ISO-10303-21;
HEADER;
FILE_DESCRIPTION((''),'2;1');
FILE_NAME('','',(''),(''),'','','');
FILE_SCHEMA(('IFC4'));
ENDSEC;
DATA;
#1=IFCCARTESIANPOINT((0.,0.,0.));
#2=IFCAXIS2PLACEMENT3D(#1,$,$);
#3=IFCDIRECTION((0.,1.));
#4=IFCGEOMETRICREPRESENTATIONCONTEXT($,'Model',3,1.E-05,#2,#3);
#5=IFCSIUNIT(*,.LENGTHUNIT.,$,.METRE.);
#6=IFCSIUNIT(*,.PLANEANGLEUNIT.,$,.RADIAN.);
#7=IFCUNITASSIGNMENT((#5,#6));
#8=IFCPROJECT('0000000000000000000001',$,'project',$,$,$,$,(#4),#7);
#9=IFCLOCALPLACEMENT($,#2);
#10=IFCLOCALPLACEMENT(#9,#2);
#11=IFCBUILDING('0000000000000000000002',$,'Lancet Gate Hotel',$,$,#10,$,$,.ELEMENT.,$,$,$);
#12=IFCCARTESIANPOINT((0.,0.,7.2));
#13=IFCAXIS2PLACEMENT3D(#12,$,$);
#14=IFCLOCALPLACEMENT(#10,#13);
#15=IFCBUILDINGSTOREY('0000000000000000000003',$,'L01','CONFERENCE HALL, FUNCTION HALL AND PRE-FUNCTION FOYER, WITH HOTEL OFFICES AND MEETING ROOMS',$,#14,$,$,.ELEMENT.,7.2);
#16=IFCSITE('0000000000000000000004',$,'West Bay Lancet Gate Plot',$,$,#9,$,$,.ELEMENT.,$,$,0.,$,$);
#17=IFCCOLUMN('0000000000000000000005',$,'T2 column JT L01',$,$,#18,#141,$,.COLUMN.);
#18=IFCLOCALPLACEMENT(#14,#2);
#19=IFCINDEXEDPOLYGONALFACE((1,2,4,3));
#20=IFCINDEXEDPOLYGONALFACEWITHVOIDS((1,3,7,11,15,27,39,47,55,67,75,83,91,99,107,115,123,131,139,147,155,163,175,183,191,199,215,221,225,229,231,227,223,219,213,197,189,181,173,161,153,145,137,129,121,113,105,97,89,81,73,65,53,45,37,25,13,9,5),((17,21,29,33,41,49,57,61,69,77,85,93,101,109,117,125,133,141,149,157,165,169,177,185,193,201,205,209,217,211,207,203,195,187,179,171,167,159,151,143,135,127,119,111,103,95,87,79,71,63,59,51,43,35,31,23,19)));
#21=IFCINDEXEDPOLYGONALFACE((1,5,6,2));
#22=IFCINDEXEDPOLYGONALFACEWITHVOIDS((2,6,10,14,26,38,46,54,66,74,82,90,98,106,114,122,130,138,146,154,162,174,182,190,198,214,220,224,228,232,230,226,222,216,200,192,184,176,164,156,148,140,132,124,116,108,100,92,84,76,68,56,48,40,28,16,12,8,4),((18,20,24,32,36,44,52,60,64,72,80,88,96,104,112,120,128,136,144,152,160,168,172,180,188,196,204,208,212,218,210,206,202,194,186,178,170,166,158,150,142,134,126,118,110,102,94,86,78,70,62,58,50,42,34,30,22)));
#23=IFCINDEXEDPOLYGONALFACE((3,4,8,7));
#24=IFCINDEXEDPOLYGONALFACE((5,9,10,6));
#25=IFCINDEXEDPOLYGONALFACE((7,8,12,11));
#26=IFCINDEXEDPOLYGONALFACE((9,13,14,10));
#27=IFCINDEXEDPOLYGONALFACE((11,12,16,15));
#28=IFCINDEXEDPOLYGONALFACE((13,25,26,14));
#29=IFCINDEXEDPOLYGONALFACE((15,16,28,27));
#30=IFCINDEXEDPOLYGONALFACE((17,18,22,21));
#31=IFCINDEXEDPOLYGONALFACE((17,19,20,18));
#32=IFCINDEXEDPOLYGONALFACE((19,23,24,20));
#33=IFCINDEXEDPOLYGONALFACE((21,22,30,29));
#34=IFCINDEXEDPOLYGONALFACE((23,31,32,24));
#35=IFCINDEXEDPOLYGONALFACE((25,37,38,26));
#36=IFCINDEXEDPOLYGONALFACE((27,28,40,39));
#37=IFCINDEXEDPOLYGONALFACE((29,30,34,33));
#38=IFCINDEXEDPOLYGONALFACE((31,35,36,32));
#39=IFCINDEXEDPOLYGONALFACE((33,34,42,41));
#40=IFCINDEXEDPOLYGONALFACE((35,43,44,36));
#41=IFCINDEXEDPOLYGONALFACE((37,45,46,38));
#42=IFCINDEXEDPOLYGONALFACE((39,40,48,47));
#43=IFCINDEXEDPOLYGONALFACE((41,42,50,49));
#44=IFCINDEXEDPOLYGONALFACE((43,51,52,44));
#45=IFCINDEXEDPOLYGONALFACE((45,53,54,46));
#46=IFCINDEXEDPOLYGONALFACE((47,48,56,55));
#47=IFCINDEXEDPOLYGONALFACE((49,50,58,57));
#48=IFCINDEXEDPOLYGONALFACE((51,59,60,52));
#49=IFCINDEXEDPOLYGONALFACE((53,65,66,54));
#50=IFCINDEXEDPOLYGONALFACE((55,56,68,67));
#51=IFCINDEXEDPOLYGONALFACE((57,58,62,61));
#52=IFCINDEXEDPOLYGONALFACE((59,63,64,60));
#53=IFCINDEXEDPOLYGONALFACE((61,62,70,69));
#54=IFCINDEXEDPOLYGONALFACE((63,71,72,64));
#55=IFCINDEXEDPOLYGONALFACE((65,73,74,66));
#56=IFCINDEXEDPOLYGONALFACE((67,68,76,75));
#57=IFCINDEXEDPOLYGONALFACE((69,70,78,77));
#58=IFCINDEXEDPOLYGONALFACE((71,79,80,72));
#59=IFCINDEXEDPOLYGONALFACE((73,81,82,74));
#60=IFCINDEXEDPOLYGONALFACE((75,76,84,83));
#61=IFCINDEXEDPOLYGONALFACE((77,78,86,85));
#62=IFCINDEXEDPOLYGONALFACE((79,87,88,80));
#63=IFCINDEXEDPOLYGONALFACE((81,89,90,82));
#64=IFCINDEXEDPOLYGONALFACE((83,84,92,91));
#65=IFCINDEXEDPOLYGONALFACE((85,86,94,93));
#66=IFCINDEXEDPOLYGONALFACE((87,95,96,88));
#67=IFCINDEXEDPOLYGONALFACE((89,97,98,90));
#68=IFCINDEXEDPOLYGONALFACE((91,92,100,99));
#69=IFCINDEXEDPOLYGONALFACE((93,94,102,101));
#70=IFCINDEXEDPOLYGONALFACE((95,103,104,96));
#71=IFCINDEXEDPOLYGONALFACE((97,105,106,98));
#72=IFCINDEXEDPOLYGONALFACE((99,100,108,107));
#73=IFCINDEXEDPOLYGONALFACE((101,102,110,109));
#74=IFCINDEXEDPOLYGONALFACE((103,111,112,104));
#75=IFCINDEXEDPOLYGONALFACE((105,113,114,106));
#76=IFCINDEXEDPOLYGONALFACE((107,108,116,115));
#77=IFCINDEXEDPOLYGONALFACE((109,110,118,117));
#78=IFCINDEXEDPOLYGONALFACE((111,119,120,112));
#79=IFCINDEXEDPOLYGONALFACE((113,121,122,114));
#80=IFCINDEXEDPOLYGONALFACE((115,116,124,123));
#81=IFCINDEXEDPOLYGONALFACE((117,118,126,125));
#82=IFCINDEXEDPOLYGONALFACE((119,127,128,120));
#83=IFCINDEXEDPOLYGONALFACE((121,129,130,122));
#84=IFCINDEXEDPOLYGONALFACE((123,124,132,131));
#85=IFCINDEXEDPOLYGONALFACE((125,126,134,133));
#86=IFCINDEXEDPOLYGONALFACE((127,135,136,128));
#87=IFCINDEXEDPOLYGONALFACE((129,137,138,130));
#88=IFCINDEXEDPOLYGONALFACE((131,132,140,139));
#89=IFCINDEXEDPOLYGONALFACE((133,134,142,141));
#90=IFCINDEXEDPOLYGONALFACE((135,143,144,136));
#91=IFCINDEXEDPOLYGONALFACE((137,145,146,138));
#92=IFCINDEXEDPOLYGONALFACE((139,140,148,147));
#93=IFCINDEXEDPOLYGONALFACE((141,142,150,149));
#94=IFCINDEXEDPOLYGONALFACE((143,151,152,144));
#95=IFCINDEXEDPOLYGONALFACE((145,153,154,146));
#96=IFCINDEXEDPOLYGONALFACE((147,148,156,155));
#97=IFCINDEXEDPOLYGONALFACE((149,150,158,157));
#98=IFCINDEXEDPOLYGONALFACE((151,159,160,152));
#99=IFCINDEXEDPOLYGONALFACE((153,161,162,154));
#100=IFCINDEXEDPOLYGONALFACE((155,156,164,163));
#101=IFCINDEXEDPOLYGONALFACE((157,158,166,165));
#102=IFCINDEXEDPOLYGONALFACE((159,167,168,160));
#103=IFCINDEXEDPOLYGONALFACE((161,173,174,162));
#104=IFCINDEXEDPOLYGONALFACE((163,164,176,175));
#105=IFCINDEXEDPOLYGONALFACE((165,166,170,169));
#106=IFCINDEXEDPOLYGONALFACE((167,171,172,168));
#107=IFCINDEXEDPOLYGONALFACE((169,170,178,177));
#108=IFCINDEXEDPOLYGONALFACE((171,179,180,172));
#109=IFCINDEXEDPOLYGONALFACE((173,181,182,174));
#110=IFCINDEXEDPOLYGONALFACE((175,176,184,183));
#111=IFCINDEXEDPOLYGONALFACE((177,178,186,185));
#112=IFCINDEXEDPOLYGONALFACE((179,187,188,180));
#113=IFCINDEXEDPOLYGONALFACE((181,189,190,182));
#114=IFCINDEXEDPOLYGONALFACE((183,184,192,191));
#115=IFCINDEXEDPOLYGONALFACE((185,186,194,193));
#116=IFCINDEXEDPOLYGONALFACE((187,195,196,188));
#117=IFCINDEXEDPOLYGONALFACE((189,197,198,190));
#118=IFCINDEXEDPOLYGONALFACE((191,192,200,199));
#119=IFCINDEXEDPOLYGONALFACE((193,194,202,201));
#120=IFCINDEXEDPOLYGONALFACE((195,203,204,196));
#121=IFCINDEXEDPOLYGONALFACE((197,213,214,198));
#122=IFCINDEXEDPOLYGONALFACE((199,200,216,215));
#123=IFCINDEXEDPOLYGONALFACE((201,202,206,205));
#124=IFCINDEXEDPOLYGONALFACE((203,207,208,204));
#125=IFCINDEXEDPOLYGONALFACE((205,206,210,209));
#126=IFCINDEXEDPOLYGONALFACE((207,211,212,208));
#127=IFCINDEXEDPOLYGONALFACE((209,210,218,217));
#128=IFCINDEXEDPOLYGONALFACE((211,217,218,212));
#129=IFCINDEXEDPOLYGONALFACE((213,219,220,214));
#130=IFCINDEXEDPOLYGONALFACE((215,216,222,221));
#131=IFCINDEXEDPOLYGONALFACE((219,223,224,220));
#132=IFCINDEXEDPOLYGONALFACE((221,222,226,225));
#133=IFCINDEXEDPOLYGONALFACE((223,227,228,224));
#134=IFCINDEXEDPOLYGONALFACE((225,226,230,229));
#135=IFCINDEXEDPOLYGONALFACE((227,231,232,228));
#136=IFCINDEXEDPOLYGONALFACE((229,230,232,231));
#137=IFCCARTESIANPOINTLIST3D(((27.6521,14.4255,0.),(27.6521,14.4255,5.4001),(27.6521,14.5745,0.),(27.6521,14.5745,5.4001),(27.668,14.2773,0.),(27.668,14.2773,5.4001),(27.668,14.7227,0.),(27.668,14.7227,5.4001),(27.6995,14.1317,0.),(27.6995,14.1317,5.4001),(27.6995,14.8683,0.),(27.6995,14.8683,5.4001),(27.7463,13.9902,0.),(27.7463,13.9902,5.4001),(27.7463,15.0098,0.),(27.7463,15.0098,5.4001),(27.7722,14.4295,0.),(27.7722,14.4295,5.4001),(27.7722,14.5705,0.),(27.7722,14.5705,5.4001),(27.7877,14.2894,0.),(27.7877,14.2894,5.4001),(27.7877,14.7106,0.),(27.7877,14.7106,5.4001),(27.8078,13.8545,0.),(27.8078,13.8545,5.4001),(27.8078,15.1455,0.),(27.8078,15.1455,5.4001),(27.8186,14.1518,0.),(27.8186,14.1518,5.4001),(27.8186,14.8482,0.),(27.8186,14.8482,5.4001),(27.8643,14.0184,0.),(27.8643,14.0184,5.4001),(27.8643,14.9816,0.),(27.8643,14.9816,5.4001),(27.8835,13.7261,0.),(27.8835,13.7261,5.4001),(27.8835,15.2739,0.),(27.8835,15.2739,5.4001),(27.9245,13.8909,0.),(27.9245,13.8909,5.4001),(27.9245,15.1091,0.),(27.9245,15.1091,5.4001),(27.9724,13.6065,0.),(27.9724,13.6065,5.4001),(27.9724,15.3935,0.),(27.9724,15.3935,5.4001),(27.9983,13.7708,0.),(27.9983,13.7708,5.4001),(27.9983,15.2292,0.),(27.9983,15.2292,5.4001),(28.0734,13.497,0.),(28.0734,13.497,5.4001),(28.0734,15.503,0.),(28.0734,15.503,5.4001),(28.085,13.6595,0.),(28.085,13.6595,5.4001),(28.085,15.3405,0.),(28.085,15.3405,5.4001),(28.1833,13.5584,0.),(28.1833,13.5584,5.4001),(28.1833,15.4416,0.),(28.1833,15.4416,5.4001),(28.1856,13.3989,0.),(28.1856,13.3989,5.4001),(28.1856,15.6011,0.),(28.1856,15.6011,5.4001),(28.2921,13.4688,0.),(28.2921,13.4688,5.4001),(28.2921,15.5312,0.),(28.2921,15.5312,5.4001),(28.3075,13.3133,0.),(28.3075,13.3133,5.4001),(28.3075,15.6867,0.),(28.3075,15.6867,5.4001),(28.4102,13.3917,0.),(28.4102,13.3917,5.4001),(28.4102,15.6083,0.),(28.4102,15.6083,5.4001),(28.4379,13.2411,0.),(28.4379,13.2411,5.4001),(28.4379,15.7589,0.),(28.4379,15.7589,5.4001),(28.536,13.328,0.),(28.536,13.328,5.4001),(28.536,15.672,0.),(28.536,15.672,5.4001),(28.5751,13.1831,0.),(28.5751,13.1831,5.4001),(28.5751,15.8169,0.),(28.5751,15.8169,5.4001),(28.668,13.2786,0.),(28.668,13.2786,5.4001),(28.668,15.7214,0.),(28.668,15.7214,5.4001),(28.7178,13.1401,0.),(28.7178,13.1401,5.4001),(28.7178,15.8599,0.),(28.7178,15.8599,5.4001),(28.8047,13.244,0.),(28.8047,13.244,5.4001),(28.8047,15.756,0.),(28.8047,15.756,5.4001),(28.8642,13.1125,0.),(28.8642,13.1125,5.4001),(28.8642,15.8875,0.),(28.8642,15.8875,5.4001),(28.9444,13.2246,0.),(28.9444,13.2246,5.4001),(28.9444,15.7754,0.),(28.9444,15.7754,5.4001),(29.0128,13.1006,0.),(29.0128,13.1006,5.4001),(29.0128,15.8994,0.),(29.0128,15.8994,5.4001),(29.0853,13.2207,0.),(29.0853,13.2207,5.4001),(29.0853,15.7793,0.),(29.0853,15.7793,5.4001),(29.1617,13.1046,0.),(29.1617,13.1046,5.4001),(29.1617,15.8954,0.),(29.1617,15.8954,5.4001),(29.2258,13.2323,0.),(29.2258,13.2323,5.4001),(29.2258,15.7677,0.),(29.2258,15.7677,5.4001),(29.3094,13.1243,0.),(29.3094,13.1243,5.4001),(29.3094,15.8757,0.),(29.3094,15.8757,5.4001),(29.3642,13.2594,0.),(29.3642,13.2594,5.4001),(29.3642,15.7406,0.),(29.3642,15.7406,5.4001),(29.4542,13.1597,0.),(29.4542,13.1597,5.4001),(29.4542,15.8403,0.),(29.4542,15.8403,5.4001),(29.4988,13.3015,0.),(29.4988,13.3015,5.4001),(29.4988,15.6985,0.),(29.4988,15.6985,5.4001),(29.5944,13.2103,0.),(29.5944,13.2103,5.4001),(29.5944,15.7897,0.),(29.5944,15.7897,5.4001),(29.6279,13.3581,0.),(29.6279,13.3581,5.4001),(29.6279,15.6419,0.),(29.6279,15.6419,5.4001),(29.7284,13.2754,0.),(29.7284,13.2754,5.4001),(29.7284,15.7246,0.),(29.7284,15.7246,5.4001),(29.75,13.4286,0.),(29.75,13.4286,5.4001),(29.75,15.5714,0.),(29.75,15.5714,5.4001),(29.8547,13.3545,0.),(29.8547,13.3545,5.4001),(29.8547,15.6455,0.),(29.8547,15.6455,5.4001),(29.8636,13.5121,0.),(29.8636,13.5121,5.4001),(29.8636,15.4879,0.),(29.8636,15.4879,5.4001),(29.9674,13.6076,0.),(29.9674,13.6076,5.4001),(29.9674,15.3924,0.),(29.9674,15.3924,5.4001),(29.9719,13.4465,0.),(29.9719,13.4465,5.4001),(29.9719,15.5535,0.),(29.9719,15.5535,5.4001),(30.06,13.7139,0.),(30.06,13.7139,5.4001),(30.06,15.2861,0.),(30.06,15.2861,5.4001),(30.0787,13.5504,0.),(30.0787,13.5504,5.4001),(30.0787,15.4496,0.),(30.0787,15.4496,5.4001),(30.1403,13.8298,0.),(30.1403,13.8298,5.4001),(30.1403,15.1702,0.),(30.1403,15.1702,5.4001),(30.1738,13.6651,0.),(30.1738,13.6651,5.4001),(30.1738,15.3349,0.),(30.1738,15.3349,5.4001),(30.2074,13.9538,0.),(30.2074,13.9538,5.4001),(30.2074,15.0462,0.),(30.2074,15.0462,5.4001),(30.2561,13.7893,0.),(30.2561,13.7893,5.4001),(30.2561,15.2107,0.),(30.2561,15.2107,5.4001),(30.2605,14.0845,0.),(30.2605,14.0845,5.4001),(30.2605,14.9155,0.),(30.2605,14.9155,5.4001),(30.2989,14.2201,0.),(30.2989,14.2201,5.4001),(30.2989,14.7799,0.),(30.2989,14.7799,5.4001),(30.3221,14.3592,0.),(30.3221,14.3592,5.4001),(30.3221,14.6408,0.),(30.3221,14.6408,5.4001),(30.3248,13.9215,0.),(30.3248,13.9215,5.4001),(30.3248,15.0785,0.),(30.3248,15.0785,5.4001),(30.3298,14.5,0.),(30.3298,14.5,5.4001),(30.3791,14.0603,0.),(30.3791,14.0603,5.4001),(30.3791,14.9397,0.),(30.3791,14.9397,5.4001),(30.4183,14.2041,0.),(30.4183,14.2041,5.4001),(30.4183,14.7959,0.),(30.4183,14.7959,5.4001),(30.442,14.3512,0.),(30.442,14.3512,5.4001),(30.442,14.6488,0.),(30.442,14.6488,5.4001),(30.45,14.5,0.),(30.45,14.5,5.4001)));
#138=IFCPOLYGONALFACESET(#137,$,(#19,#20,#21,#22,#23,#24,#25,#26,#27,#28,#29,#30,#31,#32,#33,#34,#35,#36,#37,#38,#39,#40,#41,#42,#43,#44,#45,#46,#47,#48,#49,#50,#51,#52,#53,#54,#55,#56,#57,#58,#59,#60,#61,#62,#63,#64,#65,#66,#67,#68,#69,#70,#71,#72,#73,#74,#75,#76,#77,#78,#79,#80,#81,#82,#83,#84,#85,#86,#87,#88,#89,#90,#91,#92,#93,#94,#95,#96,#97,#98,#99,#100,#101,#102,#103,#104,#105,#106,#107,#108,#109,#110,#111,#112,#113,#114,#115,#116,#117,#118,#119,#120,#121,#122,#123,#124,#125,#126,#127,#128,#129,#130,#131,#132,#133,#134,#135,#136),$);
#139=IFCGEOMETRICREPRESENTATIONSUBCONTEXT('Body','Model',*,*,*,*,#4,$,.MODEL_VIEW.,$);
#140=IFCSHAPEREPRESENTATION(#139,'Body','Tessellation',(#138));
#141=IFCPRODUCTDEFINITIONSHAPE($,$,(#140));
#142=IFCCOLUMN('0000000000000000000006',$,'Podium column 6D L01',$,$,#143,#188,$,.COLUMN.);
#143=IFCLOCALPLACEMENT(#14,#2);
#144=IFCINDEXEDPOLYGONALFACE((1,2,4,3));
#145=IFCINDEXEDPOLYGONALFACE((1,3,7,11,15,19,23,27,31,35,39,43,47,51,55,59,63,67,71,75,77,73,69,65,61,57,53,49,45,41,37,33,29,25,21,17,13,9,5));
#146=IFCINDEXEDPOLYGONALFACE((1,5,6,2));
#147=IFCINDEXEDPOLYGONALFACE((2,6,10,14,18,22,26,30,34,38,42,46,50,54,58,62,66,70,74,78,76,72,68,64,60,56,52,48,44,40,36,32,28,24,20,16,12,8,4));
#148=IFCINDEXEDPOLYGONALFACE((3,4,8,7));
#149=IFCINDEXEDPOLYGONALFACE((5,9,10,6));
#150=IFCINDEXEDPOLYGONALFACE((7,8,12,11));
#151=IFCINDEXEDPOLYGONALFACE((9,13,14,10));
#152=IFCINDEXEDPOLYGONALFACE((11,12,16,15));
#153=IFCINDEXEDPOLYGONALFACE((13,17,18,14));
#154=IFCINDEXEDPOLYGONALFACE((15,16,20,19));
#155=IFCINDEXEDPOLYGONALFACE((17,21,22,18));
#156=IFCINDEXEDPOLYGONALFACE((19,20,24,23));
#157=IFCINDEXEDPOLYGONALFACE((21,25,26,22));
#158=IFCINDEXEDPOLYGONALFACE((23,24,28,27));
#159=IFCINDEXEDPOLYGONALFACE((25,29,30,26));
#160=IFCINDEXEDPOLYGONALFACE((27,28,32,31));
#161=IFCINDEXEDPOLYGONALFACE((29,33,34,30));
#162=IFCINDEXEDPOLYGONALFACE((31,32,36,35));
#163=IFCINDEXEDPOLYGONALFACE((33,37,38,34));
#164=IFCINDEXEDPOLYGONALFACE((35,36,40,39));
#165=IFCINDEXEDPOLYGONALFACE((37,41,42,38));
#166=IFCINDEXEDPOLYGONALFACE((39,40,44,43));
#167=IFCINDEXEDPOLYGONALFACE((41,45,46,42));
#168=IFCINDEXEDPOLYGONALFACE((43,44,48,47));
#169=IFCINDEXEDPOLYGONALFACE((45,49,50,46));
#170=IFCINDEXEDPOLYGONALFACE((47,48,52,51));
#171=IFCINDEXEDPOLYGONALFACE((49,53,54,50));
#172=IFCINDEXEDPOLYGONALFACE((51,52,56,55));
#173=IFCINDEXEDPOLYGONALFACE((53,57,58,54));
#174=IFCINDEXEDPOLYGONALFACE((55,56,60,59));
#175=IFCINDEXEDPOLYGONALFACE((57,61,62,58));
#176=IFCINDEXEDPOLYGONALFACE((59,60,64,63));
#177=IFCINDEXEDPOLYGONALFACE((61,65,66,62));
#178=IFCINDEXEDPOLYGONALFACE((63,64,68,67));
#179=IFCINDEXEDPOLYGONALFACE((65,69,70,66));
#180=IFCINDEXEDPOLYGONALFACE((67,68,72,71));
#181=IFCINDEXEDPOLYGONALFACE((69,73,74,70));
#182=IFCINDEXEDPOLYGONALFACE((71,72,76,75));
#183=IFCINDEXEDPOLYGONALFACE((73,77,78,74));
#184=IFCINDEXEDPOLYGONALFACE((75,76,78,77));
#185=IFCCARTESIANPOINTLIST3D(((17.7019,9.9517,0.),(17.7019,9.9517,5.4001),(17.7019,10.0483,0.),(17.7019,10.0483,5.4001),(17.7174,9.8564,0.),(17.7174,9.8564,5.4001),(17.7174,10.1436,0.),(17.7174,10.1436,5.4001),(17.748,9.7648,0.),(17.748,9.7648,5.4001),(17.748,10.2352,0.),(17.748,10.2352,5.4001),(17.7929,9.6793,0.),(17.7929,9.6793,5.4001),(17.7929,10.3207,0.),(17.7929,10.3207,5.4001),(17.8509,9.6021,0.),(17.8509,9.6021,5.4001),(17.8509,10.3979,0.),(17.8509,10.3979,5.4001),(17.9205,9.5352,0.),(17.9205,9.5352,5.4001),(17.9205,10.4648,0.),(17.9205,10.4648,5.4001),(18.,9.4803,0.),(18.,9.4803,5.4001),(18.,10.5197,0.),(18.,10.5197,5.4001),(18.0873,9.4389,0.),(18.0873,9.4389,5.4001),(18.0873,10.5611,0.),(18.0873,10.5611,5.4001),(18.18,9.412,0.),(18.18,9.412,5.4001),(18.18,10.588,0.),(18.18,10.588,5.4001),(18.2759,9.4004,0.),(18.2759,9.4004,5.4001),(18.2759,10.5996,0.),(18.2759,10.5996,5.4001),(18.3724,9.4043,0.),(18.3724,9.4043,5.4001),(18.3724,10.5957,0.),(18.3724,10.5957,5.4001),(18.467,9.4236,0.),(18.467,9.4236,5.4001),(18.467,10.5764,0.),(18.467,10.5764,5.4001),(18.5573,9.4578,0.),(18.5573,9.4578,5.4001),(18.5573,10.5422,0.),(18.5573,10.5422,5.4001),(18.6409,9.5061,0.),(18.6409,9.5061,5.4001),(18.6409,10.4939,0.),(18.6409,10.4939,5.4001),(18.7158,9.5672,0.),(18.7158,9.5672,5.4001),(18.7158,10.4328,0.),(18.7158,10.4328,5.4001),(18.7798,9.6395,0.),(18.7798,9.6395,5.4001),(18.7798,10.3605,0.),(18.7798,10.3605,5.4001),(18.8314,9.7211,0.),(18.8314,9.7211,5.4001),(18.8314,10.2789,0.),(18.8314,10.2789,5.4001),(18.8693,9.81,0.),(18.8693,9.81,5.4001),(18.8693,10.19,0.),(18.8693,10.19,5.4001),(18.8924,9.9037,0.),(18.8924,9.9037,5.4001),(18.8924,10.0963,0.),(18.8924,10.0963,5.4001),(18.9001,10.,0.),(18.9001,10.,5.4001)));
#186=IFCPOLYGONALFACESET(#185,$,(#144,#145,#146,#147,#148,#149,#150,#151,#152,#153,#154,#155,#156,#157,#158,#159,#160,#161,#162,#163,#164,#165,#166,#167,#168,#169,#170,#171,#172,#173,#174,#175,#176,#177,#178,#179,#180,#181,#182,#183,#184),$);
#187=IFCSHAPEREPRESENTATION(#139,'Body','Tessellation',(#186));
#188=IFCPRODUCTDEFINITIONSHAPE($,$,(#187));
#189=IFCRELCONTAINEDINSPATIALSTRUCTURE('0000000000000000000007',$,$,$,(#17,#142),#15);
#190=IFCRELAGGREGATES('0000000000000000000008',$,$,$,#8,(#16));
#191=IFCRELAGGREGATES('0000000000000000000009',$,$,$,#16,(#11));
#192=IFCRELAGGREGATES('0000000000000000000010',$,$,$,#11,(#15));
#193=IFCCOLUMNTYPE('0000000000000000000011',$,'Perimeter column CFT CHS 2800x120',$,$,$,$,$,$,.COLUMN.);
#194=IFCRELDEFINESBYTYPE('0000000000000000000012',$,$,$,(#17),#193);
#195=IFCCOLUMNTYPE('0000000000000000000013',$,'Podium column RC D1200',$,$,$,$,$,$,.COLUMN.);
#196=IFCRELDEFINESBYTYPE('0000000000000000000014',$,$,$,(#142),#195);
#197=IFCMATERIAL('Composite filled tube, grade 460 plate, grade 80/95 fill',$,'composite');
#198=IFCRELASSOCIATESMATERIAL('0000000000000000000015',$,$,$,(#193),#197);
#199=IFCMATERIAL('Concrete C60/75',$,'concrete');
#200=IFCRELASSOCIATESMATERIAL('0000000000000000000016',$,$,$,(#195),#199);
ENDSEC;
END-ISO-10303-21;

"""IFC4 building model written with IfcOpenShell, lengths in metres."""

from ifc_helpers import new_model, si_unit, direction, frame, origin, origin_2d, place, context, subcontext, project, spatial, circle, hollow_circle, extrude, material, material_profile, profile_set, type_object, element, save


model = new_model("IFC4")

# Units and contexts
model_context = context("Model", 3, precision=1e-05, world=origin(), true_north=direction((0.0, 1.0)))
body_context = subcontext(model_context, "Body", "Model", "MODEL_VIEW")
ifc_project = project(units=[si_unit("LENGTHUNIT", "METRE"), si_unit("PLANEANGLEUNIT", "RADIAN")], contexts=[model_context])

# Site, building, storey
site_placement = place(None, origin())
site = spatial("IfcSite", under=ifc_project, at=site_placement, Name="West Bay Lancet Gate Plot", CompositionType="ELEMENT", RefElevation=0.0)
building_placement = place(site_placement, origin())
building = spatial("IfcBuilding", under=site, at=building_placement, Name="Lancet Gate Hotel", CompositionType="ELEMENT")
storey_placement = place(building_placement, frame((0.0, 0.0, 7.2)))
storey = spatial("IfcBuildingStorey", under=building, at=storey_placement, Name="L01", Description="CONFERENCE HALL, FUNCTION HALL AND PRE-FUNCTION FOYER, WITH HOTEL OFFICES AND MEETING ROOMS", CompositionType="ELEMENT", Elevation=7.2)

# Columns
ifc_material_1 = material(Name="Composite filled tube, grade 460 plate, grade 80/95 fill", Category="composite")
ifc_material_profile_1 = material_profile(ifc_material_1, hollow_circle(Radius=1.3999, WallThickness=0.1201, at=origin_2d()), Name="CHS 2800x120")
ifc_profile_set_1 = profile_set([ifc_material_profile_1], Name="Composite filled tube, grade 460 plate, grade 80/95 fill")
column_type_1 = type_object("IfcColumnType", Name="Perimeter column CFT CHS 2800x120", PredefinedType="COLUMN", material=ifc_profile_set_1)
for number, where, z_axis, x_axis, name in (
    (1, (29.05, 14.5, 0.0), (0.0, 0.0, 1.0), (1.0, 0.0, 0.0), "T2 column JT L01"),
):
    element("IfcColumn", number, at=place(storey_placement, frame(where, z_axis=z_axis, x_axis=x_axis)), inside=storey, type_object=column_type_1, Name=name, PredefinedType="COLUMN", context=body_context, shape_type="SweptSolid", body=[
        extrude(hollow_circle(Radius=1.3999, WallThickness=0.1201, at=origin_2d()), origin(), (0.0, 0.0, 1.0), 5.4001),
    ])
ifc_material_2 = material(Name="Concrete C60/75", Category="concrete")
ifc_material_profile_2 = material_profile(ifc_material_2, circle(Radius=0.6001, at=origin_2d()), Name="RC D1200")
ifc_profile_set_2 = profile_set([ifc_material_profile_2], Name="Concrete C60/75")
column_type_2 = type_object("IfcColumnType", Name="Podium column RC D1200", PredefinedType="COLUMN", material=ifc_profile_set_2)
for number, where, z_axis, x_axis, name in (
    (2, (18.3, 10.0, 0.0), (0.0, 0.0, 1.0), (1.0, 0.0, 0.0), "Podium column 6D L01"),
):
    element("IfcColumn", number, at=place(storey_placement, frame(where, z_axis=z_axis, x_axis=x_axis)), inside=storey, type_object=column_type_2, Name=name, PredefinedType="COLUMN", context=body_context, shape_type="SweptSolid", body=[
        extrude(circle(Radius=0.6001, at=origin_2d()), origin(), (0.0, 0.0, 1.0), 5.4001),
    ])

save(model, "model.ifc")
